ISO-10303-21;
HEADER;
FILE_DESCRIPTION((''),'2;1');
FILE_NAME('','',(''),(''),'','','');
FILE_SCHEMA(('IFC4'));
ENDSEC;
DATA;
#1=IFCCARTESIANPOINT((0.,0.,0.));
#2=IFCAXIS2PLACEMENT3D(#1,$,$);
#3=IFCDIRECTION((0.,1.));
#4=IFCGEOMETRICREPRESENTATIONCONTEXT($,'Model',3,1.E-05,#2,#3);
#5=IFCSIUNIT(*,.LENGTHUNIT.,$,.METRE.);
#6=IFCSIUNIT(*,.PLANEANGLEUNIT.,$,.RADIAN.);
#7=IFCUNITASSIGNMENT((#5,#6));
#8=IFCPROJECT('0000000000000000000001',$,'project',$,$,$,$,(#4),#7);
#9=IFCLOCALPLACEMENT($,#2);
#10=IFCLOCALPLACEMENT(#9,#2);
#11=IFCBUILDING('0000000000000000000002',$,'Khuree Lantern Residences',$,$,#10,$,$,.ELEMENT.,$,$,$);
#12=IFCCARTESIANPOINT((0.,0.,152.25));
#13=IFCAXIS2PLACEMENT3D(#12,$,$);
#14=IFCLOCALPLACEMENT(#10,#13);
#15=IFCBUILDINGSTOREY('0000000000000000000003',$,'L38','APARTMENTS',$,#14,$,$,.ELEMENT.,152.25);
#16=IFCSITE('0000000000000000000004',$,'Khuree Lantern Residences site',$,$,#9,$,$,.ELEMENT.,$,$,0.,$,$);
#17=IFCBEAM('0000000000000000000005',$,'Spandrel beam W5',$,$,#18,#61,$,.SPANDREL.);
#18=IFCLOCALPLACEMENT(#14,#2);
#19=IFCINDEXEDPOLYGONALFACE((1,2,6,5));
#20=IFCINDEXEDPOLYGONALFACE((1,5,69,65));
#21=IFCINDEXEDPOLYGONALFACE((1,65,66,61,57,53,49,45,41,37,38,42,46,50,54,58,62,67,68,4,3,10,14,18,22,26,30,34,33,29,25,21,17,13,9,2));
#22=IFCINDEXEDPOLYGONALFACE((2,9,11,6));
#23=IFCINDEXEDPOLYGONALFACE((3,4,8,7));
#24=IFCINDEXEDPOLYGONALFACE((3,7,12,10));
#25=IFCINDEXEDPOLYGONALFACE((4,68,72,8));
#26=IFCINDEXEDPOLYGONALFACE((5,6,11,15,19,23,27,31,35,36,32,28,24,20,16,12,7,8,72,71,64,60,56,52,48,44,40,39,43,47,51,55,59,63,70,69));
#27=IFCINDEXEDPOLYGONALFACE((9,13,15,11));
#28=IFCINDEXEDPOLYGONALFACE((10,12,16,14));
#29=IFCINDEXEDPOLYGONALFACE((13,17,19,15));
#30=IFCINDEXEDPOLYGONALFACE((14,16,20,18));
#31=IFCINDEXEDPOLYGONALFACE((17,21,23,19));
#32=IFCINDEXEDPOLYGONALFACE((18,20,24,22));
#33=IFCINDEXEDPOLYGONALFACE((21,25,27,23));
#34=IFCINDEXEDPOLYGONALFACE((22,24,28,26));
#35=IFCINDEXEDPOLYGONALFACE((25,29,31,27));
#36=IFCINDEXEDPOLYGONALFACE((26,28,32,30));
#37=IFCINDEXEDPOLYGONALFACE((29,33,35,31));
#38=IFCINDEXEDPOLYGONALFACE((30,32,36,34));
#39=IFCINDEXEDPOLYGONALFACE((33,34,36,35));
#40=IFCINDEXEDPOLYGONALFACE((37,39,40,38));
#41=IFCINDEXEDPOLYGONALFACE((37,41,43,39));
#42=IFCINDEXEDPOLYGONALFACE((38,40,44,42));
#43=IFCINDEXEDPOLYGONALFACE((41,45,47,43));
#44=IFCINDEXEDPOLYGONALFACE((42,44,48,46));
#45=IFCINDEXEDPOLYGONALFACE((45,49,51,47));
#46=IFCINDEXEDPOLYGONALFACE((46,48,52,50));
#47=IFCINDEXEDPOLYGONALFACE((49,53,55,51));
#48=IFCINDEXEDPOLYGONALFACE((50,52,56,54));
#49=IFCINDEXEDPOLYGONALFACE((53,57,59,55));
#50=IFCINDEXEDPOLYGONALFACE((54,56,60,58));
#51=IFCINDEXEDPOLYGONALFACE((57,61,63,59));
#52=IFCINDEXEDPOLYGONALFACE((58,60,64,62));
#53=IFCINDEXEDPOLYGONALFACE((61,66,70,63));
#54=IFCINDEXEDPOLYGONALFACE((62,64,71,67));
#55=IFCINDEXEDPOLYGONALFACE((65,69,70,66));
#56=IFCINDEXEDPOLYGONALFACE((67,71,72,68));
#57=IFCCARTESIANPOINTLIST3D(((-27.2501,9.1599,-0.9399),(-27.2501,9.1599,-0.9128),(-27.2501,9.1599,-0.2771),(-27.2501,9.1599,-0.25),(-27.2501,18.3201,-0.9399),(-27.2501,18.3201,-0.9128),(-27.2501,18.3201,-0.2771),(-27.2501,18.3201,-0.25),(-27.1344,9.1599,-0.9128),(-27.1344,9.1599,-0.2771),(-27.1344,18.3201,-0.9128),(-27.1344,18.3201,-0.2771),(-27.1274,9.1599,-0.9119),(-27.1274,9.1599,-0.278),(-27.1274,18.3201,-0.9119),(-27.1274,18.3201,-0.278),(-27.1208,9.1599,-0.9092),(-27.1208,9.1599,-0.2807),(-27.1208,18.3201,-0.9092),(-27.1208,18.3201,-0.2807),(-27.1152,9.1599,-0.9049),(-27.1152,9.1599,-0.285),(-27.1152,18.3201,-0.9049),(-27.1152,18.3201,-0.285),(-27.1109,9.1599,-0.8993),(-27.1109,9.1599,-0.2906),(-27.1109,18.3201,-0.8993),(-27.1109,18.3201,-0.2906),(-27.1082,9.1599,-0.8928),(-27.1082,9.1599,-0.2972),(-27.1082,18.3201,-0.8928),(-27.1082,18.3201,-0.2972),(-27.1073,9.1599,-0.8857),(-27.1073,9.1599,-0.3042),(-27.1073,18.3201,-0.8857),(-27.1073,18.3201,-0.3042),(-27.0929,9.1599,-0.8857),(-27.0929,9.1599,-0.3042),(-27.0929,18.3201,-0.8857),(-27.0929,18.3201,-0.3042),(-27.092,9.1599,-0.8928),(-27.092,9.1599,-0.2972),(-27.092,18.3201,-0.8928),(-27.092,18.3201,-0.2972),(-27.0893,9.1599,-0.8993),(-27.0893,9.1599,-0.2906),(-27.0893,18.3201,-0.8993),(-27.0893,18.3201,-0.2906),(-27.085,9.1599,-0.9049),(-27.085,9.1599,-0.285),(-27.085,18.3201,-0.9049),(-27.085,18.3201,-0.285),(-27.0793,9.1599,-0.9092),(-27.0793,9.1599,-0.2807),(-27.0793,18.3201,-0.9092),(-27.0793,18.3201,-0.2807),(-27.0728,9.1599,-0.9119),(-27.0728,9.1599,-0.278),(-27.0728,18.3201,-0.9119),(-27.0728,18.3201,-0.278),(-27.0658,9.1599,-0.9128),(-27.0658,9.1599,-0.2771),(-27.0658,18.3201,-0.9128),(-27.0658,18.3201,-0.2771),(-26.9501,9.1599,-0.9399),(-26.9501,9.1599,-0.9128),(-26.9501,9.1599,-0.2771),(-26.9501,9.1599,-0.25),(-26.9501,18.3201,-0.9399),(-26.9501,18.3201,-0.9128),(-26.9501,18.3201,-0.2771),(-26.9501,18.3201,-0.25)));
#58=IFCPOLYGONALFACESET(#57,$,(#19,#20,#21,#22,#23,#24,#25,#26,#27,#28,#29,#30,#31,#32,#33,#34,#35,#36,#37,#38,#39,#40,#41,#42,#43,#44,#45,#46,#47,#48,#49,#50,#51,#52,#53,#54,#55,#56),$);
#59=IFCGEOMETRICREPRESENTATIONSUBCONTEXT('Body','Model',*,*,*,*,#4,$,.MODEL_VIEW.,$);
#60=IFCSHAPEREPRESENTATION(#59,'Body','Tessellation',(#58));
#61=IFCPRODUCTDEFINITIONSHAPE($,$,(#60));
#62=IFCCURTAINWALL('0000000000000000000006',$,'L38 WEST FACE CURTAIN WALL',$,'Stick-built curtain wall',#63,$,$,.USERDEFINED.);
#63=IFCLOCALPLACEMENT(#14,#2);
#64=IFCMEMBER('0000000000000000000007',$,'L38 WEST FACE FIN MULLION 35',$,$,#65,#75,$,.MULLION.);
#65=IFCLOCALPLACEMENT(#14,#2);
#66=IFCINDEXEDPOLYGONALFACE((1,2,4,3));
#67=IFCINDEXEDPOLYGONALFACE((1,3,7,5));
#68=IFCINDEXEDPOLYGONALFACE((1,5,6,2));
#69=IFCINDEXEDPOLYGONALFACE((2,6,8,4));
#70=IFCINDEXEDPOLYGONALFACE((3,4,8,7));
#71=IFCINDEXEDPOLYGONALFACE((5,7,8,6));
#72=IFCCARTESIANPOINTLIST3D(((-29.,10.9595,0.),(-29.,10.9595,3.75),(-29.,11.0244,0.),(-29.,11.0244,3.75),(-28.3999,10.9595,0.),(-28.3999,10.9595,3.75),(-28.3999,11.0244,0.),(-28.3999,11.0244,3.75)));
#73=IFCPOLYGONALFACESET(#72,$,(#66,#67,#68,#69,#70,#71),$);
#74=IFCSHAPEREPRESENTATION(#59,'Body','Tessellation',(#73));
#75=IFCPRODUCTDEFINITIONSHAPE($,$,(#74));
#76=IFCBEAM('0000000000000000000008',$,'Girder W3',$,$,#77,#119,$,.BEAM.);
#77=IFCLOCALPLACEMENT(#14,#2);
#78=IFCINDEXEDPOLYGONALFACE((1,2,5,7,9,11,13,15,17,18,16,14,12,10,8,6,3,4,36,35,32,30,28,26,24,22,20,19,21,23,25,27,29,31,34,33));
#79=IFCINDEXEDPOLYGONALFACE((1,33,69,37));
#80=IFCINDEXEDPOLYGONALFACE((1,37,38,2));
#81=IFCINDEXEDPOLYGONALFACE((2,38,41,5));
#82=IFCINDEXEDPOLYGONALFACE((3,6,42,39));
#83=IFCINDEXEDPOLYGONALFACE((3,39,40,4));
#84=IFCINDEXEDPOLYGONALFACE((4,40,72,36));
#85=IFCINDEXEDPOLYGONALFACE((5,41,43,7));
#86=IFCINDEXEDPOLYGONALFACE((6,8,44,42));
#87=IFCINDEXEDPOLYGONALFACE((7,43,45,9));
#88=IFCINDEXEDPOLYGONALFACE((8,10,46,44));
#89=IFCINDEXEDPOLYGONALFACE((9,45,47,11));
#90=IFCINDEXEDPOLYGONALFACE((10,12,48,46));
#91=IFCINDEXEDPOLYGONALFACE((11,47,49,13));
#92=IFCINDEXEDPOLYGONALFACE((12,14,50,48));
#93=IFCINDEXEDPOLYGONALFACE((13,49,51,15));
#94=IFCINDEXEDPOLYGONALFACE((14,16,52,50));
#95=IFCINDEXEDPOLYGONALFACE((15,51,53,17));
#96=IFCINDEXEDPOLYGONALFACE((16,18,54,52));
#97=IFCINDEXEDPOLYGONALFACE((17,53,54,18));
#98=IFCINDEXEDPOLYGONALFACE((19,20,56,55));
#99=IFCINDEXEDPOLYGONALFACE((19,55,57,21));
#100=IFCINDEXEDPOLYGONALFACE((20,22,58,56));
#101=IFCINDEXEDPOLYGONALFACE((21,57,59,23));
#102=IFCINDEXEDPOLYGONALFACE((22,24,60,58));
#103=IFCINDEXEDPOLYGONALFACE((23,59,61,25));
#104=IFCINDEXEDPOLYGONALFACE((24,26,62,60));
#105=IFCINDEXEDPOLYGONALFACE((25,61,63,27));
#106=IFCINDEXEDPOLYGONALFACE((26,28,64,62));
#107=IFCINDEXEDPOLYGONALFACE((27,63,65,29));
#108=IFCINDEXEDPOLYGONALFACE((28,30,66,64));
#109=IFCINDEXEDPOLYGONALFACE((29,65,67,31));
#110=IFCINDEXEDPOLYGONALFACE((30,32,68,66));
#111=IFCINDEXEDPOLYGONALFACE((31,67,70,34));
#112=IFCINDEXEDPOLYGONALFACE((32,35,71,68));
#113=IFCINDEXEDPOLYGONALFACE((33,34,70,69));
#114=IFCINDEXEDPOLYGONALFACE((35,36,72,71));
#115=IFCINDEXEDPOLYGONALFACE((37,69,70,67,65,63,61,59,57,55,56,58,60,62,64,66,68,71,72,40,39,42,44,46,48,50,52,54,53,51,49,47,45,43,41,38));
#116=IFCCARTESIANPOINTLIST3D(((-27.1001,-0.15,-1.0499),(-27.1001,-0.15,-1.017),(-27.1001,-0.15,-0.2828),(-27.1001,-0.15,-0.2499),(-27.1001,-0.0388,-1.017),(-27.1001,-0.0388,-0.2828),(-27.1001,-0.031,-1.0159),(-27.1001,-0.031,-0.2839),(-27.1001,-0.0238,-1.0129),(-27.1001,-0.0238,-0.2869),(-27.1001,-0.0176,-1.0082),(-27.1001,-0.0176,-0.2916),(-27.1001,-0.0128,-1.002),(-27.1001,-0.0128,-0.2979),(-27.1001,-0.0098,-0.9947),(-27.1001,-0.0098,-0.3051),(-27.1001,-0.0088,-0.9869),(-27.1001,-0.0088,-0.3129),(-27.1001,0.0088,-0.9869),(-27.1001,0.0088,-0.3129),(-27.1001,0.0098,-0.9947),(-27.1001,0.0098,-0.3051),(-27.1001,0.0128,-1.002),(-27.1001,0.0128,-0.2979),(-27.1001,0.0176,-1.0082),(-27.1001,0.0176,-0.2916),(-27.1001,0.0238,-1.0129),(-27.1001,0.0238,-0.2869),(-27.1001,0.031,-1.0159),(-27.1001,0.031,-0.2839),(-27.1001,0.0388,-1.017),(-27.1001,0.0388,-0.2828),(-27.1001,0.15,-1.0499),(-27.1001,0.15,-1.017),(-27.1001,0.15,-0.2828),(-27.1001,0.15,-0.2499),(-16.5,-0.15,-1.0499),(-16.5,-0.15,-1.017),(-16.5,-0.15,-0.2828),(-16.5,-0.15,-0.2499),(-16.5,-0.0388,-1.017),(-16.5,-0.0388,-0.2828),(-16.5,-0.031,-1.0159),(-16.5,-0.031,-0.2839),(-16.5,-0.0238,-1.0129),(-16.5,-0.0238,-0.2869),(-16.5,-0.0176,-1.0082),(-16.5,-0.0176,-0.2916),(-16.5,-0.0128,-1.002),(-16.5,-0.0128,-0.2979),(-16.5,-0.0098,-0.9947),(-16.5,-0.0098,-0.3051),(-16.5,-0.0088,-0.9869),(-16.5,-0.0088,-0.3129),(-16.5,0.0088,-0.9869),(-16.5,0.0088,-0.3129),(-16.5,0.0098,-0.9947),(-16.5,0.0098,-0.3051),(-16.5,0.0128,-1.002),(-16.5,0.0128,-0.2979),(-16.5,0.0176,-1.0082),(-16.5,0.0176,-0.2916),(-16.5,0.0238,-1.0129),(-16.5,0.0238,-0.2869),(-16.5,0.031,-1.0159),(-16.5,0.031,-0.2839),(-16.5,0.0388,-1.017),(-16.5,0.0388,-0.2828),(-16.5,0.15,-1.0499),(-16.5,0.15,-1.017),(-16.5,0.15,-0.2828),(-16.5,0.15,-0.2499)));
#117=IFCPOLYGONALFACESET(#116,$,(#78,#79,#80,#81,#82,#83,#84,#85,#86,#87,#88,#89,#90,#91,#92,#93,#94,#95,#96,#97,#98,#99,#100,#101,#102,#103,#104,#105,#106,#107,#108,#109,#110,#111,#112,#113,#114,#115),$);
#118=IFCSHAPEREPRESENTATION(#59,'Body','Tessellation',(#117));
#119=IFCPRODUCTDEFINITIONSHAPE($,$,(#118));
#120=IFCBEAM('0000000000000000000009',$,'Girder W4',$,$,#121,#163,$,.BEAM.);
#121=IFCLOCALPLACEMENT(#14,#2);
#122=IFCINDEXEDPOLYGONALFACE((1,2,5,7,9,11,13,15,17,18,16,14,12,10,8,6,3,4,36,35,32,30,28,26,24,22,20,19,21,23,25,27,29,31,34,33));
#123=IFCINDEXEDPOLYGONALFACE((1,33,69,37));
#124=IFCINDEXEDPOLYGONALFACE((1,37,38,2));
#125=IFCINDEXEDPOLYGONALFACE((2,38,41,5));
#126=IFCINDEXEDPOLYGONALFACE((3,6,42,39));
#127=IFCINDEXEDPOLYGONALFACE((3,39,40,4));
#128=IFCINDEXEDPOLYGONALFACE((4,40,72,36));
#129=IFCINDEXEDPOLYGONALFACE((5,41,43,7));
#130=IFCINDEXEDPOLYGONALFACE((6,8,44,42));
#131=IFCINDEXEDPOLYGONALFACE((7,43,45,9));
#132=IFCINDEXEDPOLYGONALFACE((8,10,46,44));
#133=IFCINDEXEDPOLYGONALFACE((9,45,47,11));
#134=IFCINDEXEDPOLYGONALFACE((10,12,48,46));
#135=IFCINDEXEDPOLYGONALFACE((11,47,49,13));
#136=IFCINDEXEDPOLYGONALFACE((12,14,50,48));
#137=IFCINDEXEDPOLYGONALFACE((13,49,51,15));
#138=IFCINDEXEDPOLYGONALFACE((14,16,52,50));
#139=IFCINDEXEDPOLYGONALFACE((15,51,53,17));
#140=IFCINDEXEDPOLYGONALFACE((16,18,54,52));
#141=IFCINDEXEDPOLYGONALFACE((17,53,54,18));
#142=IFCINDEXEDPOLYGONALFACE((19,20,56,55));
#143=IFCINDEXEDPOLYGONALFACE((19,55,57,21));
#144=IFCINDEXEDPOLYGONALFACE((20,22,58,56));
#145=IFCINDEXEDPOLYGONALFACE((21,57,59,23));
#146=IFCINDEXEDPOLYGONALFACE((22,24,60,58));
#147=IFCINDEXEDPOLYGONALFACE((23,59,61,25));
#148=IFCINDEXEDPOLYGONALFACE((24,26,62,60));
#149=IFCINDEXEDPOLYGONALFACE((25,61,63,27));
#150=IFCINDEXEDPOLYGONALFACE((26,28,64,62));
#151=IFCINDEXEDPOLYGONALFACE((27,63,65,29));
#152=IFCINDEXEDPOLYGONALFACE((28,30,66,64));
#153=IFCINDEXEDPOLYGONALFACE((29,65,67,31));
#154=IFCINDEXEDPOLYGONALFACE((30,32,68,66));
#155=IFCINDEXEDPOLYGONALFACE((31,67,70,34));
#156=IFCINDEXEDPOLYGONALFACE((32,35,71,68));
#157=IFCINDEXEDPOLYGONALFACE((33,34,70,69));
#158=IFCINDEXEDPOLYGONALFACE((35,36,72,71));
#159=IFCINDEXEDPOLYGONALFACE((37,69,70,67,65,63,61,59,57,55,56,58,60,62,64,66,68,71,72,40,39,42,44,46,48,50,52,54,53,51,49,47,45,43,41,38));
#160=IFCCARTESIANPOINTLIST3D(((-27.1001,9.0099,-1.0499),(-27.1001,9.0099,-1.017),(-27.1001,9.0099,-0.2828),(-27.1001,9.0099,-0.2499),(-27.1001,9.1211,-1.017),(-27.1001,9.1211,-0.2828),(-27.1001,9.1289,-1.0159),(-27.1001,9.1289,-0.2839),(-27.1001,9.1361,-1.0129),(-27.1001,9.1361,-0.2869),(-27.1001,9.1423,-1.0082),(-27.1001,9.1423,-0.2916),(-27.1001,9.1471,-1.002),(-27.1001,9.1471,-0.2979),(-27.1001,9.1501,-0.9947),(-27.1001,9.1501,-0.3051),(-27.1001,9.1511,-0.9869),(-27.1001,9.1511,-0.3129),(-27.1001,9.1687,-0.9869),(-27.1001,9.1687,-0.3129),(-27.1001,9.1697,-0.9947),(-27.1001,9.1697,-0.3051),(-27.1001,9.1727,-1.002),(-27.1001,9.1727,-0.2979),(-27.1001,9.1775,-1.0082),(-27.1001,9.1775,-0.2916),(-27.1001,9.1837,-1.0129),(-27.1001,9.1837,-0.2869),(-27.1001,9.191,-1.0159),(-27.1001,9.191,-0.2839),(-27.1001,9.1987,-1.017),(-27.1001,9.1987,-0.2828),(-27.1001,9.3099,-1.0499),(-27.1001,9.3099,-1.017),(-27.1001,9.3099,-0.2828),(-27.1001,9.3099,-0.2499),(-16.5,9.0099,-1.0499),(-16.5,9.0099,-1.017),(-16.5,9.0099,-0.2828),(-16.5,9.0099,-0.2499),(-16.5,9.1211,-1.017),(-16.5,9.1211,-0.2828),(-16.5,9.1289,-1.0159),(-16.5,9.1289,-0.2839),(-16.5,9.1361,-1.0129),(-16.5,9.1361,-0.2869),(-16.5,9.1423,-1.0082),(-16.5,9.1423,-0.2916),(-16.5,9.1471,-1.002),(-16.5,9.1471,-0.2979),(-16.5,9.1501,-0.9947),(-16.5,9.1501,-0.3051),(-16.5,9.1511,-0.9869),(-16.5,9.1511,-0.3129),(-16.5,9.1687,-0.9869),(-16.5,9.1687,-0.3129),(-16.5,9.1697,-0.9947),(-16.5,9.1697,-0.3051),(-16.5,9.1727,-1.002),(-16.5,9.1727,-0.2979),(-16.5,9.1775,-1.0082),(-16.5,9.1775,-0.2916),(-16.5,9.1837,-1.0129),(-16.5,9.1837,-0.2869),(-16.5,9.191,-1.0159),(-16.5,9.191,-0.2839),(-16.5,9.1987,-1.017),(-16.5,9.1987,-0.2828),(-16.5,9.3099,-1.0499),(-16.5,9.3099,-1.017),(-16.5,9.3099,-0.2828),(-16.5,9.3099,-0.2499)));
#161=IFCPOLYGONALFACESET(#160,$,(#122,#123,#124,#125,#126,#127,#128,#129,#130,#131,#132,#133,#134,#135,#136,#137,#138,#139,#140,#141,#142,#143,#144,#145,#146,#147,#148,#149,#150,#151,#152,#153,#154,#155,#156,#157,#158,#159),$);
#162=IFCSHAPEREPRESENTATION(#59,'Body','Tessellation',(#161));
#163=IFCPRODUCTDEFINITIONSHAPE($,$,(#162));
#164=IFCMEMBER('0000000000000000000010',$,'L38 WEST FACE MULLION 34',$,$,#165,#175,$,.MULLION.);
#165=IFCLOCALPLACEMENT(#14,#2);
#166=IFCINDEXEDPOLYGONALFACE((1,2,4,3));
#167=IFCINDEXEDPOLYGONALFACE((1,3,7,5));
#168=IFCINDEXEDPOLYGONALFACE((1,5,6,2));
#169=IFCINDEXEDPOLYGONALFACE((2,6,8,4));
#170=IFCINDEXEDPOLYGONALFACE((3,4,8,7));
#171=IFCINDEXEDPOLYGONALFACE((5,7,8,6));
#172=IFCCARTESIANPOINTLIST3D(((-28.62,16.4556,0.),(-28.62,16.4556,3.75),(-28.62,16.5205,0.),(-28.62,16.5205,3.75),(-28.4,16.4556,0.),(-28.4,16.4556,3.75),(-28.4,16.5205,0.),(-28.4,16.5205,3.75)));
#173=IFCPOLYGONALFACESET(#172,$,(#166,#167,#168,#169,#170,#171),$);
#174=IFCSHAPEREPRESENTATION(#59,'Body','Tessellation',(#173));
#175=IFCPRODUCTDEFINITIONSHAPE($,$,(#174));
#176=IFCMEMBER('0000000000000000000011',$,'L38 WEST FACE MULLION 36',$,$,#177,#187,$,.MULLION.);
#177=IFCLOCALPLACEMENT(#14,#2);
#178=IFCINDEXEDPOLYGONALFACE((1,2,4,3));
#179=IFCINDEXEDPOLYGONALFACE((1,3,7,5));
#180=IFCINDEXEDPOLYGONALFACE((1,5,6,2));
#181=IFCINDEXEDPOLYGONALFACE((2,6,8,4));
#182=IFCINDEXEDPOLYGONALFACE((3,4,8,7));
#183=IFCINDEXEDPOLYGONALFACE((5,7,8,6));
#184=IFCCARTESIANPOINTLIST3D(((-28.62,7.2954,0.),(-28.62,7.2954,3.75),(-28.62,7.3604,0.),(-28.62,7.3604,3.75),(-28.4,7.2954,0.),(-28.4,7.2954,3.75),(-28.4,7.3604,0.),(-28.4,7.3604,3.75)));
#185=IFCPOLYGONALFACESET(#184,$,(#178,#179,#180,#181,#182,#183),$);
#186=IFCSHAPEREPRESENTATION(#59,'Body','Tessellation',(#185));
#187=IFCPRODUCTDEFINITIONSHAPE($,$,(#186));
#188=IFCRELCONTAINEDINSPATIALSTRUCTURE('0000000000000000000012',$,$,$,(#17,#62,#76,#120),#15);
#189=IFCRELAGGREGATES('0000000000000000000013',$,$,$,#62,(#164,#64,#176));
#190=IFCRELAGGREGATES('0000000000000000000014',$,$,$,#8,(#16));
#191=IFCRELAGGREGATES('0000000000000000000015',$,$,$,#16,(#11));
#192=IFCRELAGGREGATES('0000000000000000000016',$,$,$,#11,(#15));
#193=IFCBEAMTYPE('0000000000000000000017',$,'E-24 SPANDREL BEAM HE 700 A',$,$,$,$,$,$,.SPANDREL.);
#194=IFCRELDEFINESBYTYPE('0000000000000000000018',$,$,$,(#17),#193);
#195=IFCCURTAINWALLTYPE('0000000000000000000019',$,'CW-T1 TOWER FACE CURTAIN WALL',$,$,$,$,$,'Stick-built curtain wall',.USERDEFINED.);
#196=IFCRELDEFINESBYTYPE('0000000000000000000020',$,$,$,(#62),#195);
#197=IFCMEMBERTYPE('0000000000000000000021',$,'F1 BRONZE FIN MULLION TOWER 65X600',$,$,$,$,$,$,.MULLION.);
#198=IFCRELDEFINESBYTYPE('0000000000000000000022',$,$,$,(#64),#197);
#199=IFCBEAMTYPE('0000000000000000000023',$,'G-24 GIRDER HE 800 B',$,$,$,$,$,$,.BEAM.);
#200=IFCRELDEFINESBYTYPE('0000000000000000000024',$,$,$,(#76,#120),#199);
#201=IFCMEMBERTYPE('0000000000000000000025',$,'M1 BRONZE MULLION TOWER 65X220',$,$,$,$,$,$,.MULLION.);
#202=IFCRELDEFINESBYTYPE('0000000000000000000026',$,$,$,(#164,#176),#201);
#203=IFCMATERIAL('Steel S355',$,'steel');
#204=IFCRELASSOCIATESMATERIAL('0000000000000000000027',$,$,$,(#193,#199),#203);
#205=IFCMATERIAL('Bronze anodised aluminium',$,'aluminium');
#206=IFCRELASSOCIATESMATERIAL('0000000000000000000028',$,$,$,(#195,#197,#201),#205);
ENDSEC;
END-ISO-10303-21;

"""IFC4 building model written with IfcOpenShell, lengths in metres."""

from ifc_helpers import new_model, si_unit, direction, frame, origin, origin_2d, place, context, subcontext, project, spatial, rectangle, i_section, extrude, material, material_profile, profile_set, type_object, element, aggregate, save


model = new_model("IFC4")

# Units and contexts
model_context = context("Model", 3, precision=1e-05, world=origin(), true_north=direction((0.0, 1.0)))
body_context = subcontext(model_context, "Body", "Model", "MODEL_VIEW")
ifc_project = project(units=[si_unit("LENGTHUNIT", "METRE"), si_unit("PLANEANGLEUNIT", "RADIAN")], contexts=[model_context])

# Site, building, storey
site_placement = place(None, origin())
site = spatial("IfcSite", under=ifc_project, at=site_placement, Name="Khuree Lantern Residences site", CompositionType="ELEMENT", RefElevation=0.0)
building_placement = place(site_placement, origin())
building = spatial("IfcBuilding", under=site, at=building_placement, Name="Khuree Lantern Residences", CompositionType="ELEMENT")
storey_placement = place(building_placement, frame((0.0, 0.0, 152.25)))
storey = spatial("IfcBuildingStorey", under=building, at=storey_placement, Name="L38", Description="APARTMENTS", CompositionType="ELEMENT", Elevation=152.25)

# Beam
ifc_material_1 = material(Name="Steel S355", Category="steel")
ifc_material_profile_1 = material_profile(ifc_material_1, i_section(OverallWidth=0.3, OverallDepth=0.6899, WebThickness=0.0144, FlangeThickness=0.0271, FilletRadius=0.0271, at=origin_2d()), Name="HE 700 A")
ifc_profile_set_1 = profile_set([ifc_material_profile_1], Name="Steel S355")
beam_type_1 = type_object("IfcBeamType", Name="E-24 SPANDREL BEAM HE 700 A", PredefinedType="SPANDREL", material=ifc_profile_set_1)
beam_1_placement = place(storey_placement, frame((-27.1001, 9.1599, -0.595), z_axis=(0.0, 1.0, 0.0), x_axis=(-1.0, 0.0, 0.0)))
element("IfcBeam", 1, at=beam_1_placement, inside=storey, type_object=beam_type_1, Name="Spandrel beam W5", PredefinedType="SPANDREL", context=body_context, shape_type="SweptSolid", body=[
    extrude(i_section(OverallWidth=0.3, OverallDepth=0.6899, WebThickness=0.0144, FlangeThickness=0.0271, FilletRadius=0.0271, at=origin_2d()), origin(), (0.0, 0.0, 1.0), 9.1602),
])

# Curtain wall, member
ifc_material_2 = material(Name="Bronze anodised aluminium", Category="aluminium")
curtain_wall_type = type_object("IfcCurtainWallType", Name="CW-T1 TOWER FACE CURTAIN WALL", ElementType="Stick-built curtain wall", PredefinedType="USERDEFINED", material=ifc_material_2)
curtain_wall_placement = place(storey_placement, origin())
curtain_wall = element("IfcCurtainWall", 2, at=curtain_wall_placement, inside=storey, type_object=curtain_wall_type, Name="L38 WEST FACE CURTAIN WALL", ObjectType="Stick-built curtain wall", PredefinedType="USERDEFINED")
ifc_material_profile_2 = material_profile(ifc_material_2, rectangle(XDim=0.0649, YDim=0.6001, at=origin_2d()), Name="F1 65X600")
ifc_profile_set_2 = profile_set([ifc_material_profile_2], Name="Bronze anodised aluminium")
member_type_1 = type_object("IfcMemberType", Name="F1 BRONZE FIN MULLION TOWER 65X600", PredefinedType="MULLION", material=ifc_profile_set_2)
member_1_placement = place(storey_placement, frame((-28.7, 10.9919, 0.0), z_axis=(0.0, 0.0, 1.0), x_axis=(0.0, -1.0, 0.0)))
member_1 = element("IfcMember", 3, at=member_1_placement, type_object=member_type_1, Name="L38 WEST FACE FIN MULLION 35", PredefinedType="MULLION", context=body_context, shape_type="SweptSolid", body=[
    extrude(rectangle(XDim=0.0649, YDim=0.6001, at=origin_2d()), origin(), (0.0, 0.0, 1.0), 3.75),
])

# Beams
ifc_material_profile_3 = material_profile(ifc_material_1, i_section(OverallWidth=0.3, OverallDepth=0.8, WebThickness=0.0176, FlangeThickness=0.033, FilletRadius=0.03, at=origin_2d()), Name="HE 800 B")
ifc_profile_set_3 = profile_set([ifc_material_profile_3], Name="Steel S355")
beam_type_2 = type_object("IfcBeamType", Name="G-24 GIRDER HE 800 B", PredefinedType="BEAM", material=ifc_profile_set_3)
for number, where, z_axis, x_axis, name in (
    (4, (-27.1001, 0.0, -0.6499), (1.0, 0.0, 0.0), (0.0, 1.0, 0.0), "Girder W3"),
    (5, (-27.1001, 9.1599, -0.6499), (1.0, 0.0, 0.0), (0.0, 1.0, 0.0), "Girder W4"),
):
    element("IfcBeam", number, at=place(storey_placement, frame(where, z_axis=z_axis, x_axis=x_axis)), inside=storey, type_object=beam_type_2, Name=name, PredefinedType="BEAM", context=body_context, shape_type="SweptSolid", body=[
        extrude(i_section(OverallWidth=0.3, OverallDepth=0.8, WebThickness=0.0176, FlangeThickness=0.033, FilletRadius=0.03, at=origin_2d()), origin(), (0.0, 0.0, 1.0), 10.6001),
    ])

# Members
ifc_material_profile_4 = material_profile(ifc_material_2, rectangle(XDim=0.0649, YDim=0.22, at=origin_2d()), Name="M1 65X220")
ifc_profile_set_4 = profile_set([ifc_material_profile_4], Name="Bronze anodised aluminium")
member_type_2 = type_object("IfcMemberType", Name="M1 BRONZE MULLION TOWER 65X220", PredefinedType="MULLION", material=ifc_profile_set_4)
member_2_placement = place(storey_placement, frame((-28.51, 16.488, 0.0), z_axis=(0.0, 0.0, 1.0), x_axis=(0.0, -1.0, 0.0)))
member_2 = element("IfcMember", 6, at=member_2_placement, type_object=member_type_2, Name="L38 WEST FACE MULLION 34", PredefinedType="MULLION", context=body_context, shape_type="SweptSolid", body=[
    extrude(rectangle(XDim=0.0649, YDim=0.22, at=origin_2d()), origin(), (0.0, 0.0, 1.0), 3.75),
])
member_3_placement = place(storey_placement, frame((-28.51, 7.3279, 0.0), z_axis=(0.0, 0.0, 1.0), x_axis=(0.0, -1.0, 0.0)))
member_3 = element("IfcMember", 7, at=member_3_placement, type_object=member_type_2, Name="L38 WEST FACE MULLION 36", PredefinedType="MULLION", context=body_context, shape_type="SweptSolid", body=[
    extrude(rectangle(XDim=0.0649, YDim=0.22, at=origin_2d()), origin(), (0.0, 0.0, 1.0), 3.75),
])

aggregate(curtain_wall, [member_2, member_1, member_3])

save(model, "model.ifc")
